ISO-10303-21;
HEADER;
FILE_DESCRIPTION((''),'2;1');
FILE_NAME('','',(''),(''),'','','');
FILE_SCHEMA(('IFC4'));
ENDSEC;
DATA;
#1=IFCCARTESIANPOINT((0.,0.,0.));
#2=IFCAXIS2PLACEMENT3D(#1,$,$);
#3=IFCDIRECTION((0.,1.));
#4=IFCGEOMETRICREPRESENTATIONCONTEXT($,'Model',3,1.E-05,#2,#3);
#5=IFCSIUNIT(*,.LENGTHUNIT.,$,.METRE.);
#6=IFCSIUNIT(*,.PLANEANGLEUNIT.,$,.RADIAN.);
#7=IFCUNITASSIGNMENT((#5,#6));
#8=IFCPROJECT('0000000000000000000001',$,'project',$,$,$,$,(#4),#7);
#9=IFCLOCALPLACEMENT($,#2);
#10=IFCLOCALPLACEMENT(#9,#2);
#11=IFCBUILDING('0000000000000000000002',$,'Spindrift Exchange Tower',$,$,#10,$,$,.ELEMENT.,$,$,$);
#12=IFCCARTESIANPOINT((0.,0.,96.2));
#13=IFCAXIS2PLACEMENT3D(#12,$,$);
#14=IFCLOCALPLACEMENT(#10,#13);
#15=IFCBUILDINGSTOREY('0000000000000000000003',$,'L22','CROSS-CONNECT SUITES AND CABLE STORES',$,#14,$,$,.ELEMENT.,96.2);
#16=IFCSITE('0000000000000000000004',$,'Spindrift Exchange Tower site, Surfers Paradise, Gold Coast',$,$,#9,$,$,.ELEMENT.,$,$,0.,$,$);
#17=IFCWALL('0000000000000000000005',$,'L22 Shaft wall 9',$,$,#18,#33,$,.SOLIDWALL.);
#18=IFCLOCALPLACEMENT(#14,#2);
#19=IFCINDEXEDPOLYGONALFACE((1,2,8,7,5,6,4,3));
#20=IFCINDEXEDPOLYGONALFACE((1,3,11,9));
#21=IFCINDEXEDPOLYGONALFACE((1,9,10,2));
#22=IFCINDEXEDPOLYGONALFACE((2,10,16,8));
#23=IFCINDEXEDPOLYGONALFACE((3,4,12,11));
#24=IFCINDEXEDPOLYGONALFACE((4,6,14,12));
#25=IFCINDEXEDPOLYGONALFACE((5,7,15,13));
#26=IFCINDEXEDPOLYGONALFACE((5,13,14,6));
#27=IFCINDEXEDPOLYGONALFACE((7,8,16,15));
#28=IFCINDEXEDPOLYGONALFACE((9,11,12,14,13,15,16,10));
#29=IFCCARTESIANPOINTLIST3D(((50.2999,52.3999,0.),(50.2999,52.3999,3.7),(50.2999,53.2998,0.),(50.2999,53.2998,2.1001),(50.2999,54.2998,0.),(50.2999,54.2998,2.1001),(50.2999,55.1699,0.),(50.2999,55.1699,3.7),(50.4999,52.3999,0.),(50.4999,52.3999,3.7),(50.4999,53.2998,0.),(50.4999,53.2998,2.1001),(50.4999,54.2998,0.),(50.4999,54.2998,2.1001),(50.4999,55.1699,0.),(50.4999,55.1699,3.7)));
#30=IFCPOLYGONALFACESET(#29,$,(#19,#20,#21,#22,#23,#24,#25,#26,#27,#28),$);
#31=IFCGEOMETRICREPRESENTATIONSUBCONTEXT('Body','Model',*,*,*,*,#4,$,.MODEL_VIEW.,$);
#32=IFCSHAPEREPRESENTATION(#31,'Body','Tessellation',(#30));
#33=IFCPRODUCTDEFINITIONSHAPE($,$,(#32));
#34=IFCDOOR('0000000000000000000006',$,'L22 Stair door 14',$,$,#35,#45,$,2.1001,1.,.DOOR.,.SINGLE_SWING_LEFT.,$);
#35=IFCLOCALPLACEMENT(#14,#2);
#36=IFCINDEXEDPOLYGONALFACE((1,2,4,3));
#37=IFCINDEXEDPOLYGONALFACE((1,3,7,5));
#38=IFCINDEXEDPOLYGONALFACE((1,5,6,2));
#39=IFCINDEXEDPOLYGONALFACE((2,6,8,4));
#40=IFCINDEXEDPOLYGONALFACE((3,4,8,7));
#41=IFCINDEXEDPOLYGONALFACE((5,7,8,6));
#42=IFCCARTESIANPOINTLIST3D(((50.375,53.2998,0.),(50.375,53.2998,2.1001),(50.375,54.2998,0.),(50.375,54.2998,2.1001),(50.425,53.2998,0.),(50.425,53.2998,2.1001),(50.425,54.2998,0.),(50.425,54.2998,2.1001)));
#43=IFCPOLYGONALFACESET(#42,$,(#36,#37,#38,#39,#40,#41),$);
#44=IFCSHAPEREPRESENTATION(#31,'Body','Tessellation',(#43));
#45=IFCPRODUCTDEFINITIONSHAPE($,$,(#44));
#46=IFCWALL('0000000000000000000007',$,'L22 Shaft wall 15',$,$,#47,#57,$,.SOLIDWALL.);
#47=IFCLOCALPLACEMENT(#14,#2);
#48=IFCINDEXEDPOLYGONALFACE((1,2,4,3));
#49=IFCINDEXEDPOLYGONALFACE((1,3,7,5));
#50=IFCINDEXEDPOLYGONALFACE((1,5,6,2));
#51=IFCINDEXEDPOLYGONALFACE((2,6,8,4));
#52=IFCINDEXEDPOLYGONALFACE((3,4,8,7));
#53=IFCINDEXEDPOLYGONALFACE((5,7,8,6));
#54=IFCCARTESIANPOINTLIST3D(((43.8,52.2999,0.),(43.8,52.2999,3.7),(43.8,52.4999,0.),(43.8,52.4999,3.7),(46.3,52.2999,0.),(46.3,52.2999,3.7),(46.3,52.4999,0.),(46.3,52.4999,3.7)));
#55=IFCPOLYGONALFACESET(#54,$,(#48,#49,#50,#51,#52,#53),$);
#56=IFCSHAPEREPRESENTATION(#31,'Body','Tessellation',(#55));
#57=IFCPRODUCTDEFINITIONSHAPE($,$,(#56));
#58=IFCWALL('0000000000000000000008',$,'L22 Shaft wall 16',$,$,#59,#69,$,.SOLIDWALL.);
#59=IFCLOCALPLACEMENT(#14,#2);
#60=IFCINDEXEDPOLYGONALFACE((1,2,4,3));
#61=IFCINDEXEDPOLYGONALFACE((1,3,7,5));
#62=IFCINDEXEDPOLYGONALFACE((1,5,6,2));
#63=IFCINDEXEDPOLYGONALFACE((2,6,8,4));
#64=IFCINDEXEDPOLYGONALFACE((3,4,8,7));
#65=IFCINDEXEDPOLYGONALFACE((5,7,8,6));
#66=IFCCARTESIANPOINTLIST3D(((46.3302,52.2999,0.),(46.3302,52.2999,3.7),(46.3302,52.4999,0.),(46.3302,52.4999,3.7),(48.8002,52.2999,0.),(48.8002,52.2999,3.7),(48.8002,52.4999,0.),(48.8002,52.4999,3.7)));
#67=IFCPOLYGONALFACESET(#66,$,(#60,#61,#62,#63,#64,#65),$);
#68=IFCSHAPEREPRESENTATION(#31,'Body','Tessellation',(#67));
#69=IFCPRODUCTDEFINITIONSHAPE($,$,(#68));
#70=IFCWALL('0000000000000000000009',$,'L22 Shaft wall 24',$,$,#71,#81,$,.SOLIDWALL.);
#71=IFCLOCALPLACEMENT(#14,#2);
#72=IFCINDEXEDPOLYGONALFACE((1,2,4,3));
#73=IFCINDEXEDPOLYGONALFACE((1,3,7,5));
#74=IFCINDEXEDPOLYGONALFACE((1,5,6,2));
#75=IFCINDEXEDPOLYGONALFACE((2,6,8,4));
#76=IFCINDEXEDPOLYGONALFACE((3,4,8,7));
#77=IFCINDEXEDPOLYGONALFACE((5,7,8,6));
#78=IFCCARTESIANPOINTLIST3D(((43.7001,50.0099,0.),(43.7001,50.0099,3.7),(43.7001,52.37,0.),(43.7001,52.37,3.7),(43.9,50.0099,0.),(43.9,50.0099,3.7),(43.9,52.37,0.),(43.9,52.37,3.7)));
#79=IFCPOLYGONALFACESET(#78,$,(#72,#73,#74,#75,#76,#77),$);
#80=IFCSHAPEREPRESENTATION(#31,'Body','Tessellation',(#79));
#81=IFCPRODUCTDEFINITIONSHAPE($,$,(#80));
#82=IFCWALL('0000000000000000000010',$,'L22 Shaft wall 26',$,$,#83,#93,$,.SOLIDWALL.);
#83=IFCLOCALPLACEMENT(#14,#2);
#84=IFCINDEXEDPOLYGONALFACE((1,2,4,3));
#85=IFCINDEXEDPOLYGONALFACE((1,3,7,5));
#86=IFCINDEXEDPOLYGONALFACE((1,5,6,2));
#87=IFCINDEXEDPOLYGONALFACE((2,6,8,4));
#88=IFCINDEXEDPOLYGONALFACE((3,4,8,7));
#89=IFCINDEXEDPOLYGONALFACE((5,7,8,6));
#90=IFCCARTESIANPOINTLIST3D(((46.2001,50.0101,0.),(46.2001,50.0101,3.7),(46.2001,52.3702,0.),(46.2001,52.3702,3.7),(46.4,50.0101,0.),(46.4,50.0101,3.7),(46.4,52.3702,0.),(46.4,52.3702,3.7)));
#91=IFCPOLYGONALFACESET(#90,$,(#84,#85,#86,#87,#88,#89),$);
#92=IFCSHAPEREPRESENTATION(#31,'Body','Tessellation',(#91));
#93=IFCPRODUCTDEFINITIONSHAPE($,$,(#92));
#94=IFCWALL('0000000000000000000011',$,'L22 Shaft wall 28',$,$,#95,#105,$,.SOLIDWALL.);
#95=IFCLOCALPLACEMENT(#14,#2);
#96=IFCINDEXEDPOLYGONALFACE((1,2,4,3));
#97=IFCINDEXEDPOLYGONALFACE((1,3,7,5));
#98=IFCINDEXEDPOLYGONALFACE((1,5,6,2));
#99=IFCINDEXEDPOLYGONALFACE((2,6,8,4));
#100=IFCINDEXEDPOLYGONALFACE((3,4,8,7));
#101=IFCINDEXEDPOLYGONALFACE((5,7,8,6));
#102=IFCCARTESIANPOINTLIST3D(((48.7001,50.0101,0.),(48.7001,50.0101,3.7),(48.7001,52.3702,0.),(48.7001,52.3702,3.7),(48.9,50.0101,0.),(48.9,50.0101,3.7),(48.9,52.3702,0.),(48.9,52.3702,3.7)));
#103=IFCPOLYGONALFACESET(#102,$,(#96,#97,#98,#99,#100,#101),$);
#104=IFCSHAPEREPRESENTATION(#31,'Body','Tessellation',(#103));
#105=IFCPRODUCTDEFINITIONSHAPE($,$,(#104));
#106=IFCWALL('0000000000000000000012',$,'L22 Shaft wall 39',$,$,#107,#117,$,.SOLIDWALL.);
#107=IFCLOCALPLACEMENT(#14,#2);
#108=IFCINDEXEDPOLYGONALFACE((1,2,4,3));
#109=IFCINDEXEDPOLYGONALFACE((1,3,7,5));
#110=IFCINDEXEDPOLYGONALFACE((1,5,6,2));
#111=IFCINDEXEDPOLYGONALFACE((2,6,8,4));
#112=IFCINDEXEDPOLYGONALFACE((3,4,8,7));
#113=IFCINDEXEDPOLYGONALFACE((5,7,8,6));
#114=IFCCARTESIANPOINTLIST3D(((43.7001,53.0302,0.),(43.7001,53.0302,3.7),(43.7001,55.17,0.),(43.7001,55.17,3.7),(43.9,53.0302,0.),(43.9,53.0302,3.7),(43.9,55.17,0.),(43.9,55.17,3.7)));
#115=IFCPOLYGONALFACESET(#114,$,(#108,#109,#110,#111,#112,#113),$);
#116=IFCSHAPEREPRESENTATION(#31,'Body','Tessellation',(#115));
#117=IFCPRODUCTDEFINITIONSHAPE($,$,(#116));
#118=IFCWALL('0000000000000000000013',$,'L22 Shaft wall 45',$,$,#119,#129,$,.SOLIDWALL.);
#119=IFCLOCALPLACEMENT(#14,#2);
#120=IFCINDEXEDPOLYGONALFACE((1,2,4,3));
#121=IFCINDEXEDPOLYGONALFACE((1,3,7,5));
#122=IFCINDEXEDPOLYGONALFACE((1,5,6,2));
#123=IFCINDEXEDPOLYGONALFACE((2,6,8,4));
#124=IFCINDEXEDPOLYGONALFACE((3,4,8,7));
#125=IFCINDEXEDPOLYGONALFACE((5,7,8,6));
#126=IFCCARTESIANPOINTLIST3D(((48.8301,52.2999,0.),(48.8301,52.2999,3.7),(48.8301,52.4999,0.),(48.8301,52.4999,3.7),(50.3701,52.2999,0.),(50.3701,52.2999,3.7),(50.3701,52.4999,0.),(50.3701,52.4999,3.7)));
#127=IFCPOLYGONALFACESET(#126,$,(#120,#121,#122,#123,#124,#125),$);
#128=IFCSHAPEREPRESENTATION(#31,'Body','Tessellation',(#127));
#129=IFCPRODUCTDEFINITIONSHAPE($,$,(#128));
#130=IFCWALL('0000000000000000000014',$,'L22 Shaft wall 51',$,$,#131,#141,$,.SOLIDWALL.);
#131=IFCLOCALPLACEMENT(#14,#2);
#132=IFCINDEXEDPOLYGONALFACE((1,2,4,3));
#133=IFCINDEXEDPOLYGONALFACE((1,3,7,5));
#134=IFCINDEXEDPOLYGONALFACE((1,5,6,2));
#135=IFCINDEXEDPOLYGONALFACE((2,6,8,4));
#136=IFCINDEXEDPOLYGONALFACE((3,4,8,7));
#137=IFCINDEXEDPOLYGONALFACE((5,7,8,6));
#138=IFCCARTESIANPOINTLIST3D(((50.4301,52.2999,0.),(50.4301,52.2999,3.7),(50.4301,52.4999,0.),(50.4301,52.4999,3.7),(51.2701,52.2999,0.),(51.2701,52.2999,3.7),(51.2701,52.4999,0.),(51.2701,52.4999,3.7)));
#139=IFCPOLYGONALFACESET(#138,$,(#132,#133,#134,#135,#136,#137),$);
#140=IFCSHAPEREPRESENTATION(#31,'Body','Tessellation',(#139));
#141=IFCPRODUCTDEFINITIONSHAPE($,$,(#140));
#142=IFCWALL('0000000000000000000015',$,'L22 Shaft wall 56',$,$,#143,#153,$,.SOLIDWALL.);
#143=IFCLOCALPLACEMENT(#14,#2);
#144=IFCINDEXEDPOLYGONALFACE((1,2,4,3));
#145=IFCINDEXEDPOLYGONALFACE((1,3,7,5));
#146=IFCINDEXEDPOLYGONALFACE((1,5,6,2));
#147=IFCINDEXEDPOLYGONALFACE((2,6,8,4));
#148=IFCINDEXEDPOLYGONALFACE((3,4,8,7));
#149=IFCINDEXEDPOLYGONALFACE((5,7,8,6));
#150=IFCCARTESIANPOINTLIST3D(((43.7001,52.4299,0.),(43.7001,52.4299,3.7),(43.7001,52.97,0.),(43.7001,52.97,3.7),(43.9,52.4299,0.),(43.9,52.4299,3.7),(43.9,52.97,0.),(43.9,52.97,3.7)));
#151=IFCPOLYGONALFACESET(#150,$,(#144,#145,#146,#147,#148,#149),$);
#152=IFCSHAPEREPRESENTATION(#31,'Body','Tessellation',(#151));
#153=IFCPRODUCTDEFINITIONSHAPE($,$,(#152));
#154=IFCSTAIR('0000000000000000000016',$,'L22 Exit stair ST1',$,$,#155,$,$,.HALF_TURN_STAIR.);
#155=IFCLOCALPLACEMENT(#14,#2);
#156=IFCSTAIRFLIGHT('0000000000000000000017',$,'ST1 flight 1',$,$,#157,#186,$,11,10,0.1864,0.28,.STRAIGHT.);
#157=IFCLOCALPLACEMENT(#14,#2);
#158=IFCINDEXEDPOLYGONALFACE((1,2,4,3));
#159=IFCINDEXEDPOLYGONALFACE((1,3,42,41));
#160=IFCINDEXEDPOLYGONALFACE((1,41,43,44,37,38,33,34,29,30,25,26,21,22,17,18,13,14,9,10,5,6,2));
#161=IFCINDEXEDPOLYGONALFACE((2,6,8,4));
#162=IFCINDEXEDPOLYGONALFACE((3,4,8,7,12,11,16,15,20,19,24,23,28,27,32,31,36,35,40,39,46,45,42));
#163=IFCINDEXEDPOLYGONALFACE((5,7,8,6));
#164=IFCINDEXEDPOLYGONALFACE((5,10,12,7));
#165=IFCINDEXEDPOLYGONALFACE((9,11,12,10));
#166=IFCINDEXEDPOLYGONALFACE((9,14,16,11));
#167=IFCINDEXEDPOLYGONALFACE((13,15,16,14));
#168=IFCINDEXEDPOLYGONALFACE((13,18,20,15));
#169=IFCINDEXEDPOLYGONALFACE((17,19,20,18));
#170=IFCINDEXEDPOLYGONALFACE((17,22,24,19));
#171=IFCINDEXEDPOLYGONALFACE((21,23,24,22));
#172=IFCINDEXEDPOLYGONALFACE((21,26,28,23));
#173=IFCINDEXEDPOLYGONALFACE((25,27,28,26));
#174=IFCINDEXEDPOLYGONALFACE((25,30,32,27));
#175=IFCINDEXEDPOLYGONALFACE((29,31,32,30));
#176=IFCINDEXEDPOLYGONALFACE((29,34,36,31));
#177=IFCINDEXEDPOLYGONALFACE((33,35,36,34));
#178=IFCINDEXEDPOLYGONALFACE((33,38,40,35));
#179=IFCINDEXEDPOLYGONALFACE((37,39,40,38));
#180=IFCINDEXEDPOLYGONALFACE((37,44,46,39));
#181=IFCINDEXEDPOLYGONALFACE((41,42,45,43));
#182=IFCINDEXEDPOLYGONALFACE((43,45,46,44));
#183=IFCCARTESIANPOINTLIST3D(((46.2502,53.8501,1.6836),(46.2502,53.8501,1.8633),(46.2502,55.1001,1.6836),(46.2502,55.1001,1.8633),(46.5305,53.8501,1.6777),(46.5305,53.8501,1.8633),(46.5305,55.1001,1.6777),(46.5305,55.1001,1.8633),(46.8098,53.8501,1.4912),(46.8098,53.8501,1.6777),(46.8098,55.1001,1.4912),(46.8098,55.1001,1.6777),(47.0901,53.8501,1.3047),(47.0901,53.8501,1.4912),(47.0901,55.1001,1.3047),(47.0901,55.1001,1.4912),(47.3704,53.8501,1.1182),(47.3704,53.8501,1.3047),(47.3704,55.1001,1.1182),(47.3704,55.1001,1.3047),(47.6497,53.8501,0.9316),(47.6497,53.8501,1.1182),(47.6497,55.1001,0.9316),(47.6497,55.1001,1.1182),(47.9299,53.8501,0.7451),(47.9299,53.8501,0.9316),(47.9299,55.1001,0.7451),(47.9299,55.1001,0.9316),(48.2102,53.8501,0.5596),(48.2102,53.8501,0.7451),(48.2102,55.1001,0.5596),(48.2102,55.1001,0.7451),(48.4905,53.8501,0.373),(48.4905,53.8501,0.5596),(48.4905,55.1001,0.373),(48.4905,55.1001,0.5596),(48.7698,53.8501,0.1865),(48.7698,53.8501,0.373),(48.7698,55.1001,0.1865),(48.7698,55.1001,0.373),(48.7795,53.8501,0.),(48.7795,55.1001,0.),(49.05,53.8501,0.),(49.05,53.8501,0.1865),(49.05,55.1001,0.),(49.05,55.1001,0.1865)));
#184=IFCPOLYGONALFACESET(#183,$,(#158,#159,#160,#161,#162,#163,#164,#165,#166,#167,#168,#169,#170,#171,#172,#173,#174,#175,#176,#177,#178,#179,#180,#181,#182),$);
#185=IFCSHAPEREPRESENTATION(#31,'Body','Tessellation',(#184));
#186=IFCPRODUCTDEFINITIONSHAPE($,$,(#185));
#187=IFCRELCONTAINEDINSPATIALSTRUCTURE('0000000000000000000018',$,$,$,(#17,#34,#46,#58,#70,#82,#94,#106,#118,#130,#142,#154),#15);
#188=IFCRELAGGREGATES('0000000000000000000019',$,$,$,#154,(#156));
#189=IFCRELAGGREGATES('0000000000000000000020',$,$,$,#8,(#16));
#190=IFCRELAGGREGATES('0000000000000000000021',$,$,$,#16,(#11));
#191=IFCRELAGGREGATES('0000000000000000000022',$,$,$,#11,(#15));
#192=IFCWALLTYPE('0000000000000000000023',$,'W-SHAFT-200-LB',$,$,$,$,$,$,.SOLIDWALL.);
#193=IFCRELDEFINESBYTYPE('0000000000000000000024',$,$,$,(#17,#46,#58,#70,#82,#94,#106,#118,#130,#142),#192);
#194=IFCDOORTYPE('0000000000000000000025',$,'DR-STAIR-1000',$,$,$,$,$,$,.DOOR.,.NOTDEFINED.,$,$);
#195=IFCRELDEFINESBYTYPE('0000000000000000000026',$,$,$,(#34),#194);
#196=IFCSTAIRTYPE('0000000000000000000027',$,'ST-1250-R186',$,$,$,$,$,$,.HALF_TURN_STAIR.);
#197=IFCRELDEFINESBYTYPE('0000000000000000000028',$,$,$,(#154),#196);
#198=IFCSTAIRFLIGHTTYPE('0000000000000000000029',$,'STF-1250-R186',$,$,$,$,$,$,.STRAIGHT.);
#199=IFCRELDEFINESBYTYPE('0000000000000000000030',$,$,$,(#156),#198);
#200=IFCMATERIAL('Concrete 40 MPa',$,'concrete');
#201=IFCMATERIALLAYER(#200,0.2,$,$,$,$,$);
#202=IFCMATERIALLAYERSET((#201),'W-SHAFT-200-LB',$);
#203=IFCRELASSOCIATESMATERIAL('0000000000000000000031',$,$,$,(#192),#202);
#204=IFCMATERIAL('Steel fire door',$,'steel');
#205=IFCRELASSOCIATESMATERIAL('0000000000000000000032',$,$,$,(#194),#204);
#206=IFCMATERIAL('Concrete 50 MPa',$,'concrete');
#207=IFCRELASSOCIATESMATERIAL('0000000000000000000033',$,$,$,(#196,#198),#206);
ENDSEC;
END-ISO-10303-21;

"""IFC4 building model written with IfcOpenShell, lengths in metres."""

from ifc_helpers import new_model, si_unit, direction, frame, frame_2d, origin, place, context, subcontext, project, spatial, line, indexed_curve, rectangle, outline, extrude, source, transform, mapped, material, layer, layer_set, type_object, element, fill, aggregate, save


model = new_model("IFC4")

# Units and contexts
model_context = context("Model", 3, precision=1e-05, world=origin(), true_north=direction((0.0, 1.0)))
body_context = subcontext(model_context, "Body", "Model", "MODEL_VIEW")
ifc_project = project(units=[si_unit("LENGTHUNIT", "METRE"), si_unit("PLANEANGLEUNIT", "RADIAN")], contexts=[model_context])

# Site, building, storey
site_placement = place(None, origin())
site = spatial("IfcSite", under=ifc_project, at=site_placement, Name="Spindrift Exchange Tower site, Surfers Paradise, Gold Coast", CompositionType="ELEMENT", RefElevation=0.0)
building_placement = place(site_placement, origin())
building = spatial("IfcBuilding", under=site, at=building_placement, Name="Spindrift Exchange Tower", CompositionType="ELEMENT")
storey_placement = place(building_placement, frame((0.0, 0.0, 96.2)))
storey = spatial("IfcBuildingStorey", under=building, at=storey_placement, Name="L22", Description="CROSS-CONNECT SUITES AND CABLE STORES", CompositionType="ELEMENT", Elevation=96.2)

# Shared definitions
ifc_material_1 = material(Name="Concrete 40 MPa", Category="concrete")

# Shared definitions
ifc_layer_1 = layer(ifc_material_1, 0.2)
ifc_layer_set_1 = layer_set([ifc_layer_1], Name="W-SHAFT-200-LB")
wall_type_1 = type_object("IfcWallType", Name="W-SHAFT-200-LB", PredefinedType="SOLIDWALL", material=ifc_layer_set_1)
ifc_material_2 = material(Name="Steel fire door", Category="steel")

# Wall, opening, door
wall_1_placement = place(storey_placement, frame((50.3999, 52.3999, 0.0), z_axis=(0.0, 0.0, 1.0), x_axis=(0.0, 1.0, 0.0)))
wall_1 = element("IfcWall", 1, at=wall_1_placement, inside=storey, type_object=wall_type_1, Name="L22 Shaft wall 9", PredefinedType="SOLIDWALL", context=body_context, shape_type="SweptSolid", body=[
    extrude(rectangle(XDim=2.77, YDim=0.2, at=frame_2d((1.385, 0.0))), origin(), (0.0, 0.0, 1.0), 3.7),
])
opening_1_placement = place(wall_1_placement, frame((0.8999, 0.0, 0.0)))
opening_1 = element("IfcOpeningElement", 2, at=opening_1_placement, cuts=wall_1, PredefinedType="OPENING", context=body_context, shape_type="SweptSolid", body=[
    extrude(rectangle(XDim=1.0, YDim=2.1001, at=frame_2d((0.5, 1.05))), frame((0.0, 0.1099, 0.0), z_axis=(0.0, -1.0, 0.0), x_axis=(1.0, 0.0, 0.0)), (0.0, 0.0, 1.0), 0.22),
])
door_type_1 = type_object("IfcDoorType", Name="DR-STAIR-1000", OperationType="NOTDEFINED", PredefinedType="DOOR", material=ifc_material_2)
shared_shape_1 = source(origin(), body_context, "Body", "SweptSolid", [
    extrude(rectangle(XDim=1.0, YDim=2.1001, at=frame_2d((0.5, 1.05))), frame((0.0, 0.0249, 0.0), z_axis=(0.0, -1.0, 0.0), x_axis=(1.0, 0.0, 0.0)), (0.0, 0.0, 1.0), 0.05),
])
door_1_placement = place(opening_1_placement, origin())
door_1 = element("IfcDoor", 3, at=door_1_placement, inside=storey, type_object=door_type_1, Name="L22 Stair door 14", OperationType="SINGLE_SWING_LEFT", OverallHeight=2.1001, OverallWidth=1.0, PredefinedType="DOOR", context=body_context, shape_type="MappedRepresentation", body=[
    mapped(shared_shape_1, transform((0.0, 0.0, 0.0), scale=1.0)),
])
fill(opening_1, door_1)

# Walls
wall_2_placement = place(storey_placement, frame((46.3, 52.3999, 0.0), z_axis=(0.0, 0.0, 1.0), x_axis=(-1.0, 0.0, 0.0)))
element("IfcWall", 4, at=wall_2_placement, inside=storey, type_object=wall_type_1, Name="L22 Shaft wall 15", PredefinedType="SOLIDWALL", context=body_context, shape_type="SweptSolid", body=[
    extrude(rectangle(XDim=2.5, YDim=0.2, at=frame_2d((1.25, 0.0))), origin(), (0.0, 0.0, 1.0), 3.7),
])
wall_3_placement = place(storey_placement, frame((48.8, 52.3999, 0.0), z_axis=(0.0, 0.0, 1.0), x_axis=(-1.0, 0.0, 0.0)))
element("IfcWall", 5, at=wall_3_placement, inside=storey, type_object=wall_type_1, Name="L22 Shaft wall 16", PredefinedType="SOLIDWALL", context=body_context, shape_type="SweptSolid", body=[
    extrude(rectangle(XDim=2.47, YDim=0.2, at=frame_2d((1.2349, 0.0))), origin(), (0.0, 0.0, 1.0), 3.7),
])
for number, where, z_axis, x_axis, name in (
    (6, (43.8, 52.3701, 0.0), (0.0, 0.0, 1.0), (0.0, -1.0, 0.0), "L22 Shaft wall 24"),
    (7, (46.3, 50.01, 0.0), (0.0, 0.0, 1.0), (0.0, 1.0, 0.0), "L22 Shaft wall 26"),
    (8, (48.8, 50.01, 0.0), (0.0, 0.0, 1.0), (0.0, 1.0, 0.0), "L22 Shaft wall 28"),
):
    element("IfcWall", number, at=place(storey_placement, frame(where, z_axis=z_axis, x_axis=x_axis)), inside=storey, type_object=wall_type_1, Name=name, PredefinedType="SOLIDWALL", context=body_context, shape_type="SweptSolid", body=[
        extrude(rectangle(XDim=2.3601, YDim=0.2, at=frame_2d((1.1802, 0.0))), origin(), (0.0, 0.0, 1.0), 3.7),
    ])
wall_4_placement = place(storey_placement, frame((43.8, 55.1699, 0.0), z_axis=(0.0, 0.0, 1.0), x_axis=(0.0, -1.0, 0.0)))
element("IfcWall", 9, at=wall_4_placement, inside=storey, type_object=wall_type_1, Name="L22 Shaft wall 39", PredefinedType="SOLIDWALL", context=body_context, shape_type="SweptSolid", body=[
    extrude(rectangle(XDim=2.1399, YDim=0.2, at=frame_2d((1.0698, 0.0))), origin(), (0.0, 0.0, 1.0), 3.7),
])
wall_5_placement = place(storey_placement, frame((50.3701, 52.3999, 0.0), z_axis=(0.0, 0.0, 1.0), x_axis=(-1.0, 0.0, 0.0)))
element("IfcWall", 10, at=wall_5_placement, inside=storey, type_object=wall_type_1, Name="L22 Shaft wall 45", PredefinedType="SOLIDWALL", context=body_context, shape_type="SweptSolid", body=[
    extrude(rectangle(XDim=1.54, YDim=0.2, at=frame_2d((0.77, 0.0))), origin(), (0.0, 0.0, 1.0), 3.7),
])
wall_6_placement = place(storey_placement, frame((51.27, 52.3999, 0.0), z_axis=(0.0, 0.0, 1.0), x_axis=(-1.0, 0.0, 0.0)))
element("IfcWall", 11, at=wall_6_placement, inside=storey, type_object=wall_type_1, Name="L22 Shaft wall 51", PredefinedType="SOLIDWALL", context=body_context, shape_type="SweptSolid", body=[
    extrude(rectangle(XDim=0.8401, YDim=0.2, at=frame_2d((0.4199, 0.0))), origin(), (0.0, 0.0, 1.0), 3.7),
])
wall_7_placement = place(storey_placement, frame((43.8, 52.4299, 0.0), z_axis=(0.0, 0.0, 1.0), x_axis=(0.0, 1.0, 0.0)))
element("IfcWall", 12, at=wall_7_placement, inside=storey, type_object=wall_type_1, Name="L22 Shaft wall 56", PredefinedType="SOLIDWALL", context=body_context, shape_type="SweptSolid", body=[
    extrude(rectangle(XDim=0.54, YDim=0.2, at=frame_2d((0.27, 0.0))), origin(), (0.0, 0.0, 1.0), 3.7),
])

# Stair, stair flight
ifc_material_3 = material(Name="Concrete 50 MPa", Category="concrete")
stair_type = type_object("IfcStairType", Name="ST-1250-R186", PredefinedType="HALF_TURN_STAIR", material=ifc_material_3)
stair_placement = place(storey_placement, origin())
stair = element("IfcStair", 13, at=stair_placement, inside=storey, type_object=stair_type, Name="L22 Exit stair ST1", PredefinedType="HALF_TURN_STAIR")
stair_flight_type = type_object("IfcStairFlightType", Name="STF-1250-R186", PredefinedType="STRAIGHT", material=ifc_material_3)
stair_flight_1_placement = place(storey_placement, frame((49.05, 54.4751, 0.0), z_axis=(0.0, 0.0, 1.0), x_axis=(-1.0, 0.0, 0.0)))
stair_flight_1 = element("IfcStairFlight", 14, at=stair_flight_1_placement, type_object=stair_flight_type, Name="ST1 flight 1", NumberOfRisers=11, NumberOfTreads=10, PredefinedType="STRAIGHT", RiserHeight=0.1864, TreadLength=0.28, context=body_context, shape_type="SweptSolid", body=[
    extrude(outline(indexed_curve([(0.0, 0.0), (0.0, 0.1865), (0.2803, 0.1865), (0.2803, 0.373), (0.5596, 0.373), (0.5596, 0.5596), (0.8398, 0.5596), (0.8398, 0.7451), (1.1201, 0.7451), (1.1201, 0.9316), (1.4004, 0.9316), (1.4004, 1.1182), (1.6797, 1.1182), (1.6797, 1.3047), (1.96, 1.3047), (1.96, 1.4912), (2.2402, 1.4912), (2.2402, 1.6777), (2.5195, 1.6777), (2.5195, 1.8633), (2.7998, 1.8633), (2.7998, 2.0498), (2.7998, 1.6836), (0.2705, 0.0)], segments=[line(1, 2, 3, 4, 5, 6, 7, 8, 9, 10, 11, 12, 13, 14, 15, 16, 17, 18, 19, 20, 21, 22, 23, 24, 1)], self_intersect=False)), frame((0.0, 0.625, 0.0), z_axis=(0.0, -1.0, 0.0), x_axis=(1.0, 0.0, 0.0)), (0.0, 0.0, 1.0), 1.25),
])
aggregate(stair, [stair_flight_1])

save(model, "model.ifc")
